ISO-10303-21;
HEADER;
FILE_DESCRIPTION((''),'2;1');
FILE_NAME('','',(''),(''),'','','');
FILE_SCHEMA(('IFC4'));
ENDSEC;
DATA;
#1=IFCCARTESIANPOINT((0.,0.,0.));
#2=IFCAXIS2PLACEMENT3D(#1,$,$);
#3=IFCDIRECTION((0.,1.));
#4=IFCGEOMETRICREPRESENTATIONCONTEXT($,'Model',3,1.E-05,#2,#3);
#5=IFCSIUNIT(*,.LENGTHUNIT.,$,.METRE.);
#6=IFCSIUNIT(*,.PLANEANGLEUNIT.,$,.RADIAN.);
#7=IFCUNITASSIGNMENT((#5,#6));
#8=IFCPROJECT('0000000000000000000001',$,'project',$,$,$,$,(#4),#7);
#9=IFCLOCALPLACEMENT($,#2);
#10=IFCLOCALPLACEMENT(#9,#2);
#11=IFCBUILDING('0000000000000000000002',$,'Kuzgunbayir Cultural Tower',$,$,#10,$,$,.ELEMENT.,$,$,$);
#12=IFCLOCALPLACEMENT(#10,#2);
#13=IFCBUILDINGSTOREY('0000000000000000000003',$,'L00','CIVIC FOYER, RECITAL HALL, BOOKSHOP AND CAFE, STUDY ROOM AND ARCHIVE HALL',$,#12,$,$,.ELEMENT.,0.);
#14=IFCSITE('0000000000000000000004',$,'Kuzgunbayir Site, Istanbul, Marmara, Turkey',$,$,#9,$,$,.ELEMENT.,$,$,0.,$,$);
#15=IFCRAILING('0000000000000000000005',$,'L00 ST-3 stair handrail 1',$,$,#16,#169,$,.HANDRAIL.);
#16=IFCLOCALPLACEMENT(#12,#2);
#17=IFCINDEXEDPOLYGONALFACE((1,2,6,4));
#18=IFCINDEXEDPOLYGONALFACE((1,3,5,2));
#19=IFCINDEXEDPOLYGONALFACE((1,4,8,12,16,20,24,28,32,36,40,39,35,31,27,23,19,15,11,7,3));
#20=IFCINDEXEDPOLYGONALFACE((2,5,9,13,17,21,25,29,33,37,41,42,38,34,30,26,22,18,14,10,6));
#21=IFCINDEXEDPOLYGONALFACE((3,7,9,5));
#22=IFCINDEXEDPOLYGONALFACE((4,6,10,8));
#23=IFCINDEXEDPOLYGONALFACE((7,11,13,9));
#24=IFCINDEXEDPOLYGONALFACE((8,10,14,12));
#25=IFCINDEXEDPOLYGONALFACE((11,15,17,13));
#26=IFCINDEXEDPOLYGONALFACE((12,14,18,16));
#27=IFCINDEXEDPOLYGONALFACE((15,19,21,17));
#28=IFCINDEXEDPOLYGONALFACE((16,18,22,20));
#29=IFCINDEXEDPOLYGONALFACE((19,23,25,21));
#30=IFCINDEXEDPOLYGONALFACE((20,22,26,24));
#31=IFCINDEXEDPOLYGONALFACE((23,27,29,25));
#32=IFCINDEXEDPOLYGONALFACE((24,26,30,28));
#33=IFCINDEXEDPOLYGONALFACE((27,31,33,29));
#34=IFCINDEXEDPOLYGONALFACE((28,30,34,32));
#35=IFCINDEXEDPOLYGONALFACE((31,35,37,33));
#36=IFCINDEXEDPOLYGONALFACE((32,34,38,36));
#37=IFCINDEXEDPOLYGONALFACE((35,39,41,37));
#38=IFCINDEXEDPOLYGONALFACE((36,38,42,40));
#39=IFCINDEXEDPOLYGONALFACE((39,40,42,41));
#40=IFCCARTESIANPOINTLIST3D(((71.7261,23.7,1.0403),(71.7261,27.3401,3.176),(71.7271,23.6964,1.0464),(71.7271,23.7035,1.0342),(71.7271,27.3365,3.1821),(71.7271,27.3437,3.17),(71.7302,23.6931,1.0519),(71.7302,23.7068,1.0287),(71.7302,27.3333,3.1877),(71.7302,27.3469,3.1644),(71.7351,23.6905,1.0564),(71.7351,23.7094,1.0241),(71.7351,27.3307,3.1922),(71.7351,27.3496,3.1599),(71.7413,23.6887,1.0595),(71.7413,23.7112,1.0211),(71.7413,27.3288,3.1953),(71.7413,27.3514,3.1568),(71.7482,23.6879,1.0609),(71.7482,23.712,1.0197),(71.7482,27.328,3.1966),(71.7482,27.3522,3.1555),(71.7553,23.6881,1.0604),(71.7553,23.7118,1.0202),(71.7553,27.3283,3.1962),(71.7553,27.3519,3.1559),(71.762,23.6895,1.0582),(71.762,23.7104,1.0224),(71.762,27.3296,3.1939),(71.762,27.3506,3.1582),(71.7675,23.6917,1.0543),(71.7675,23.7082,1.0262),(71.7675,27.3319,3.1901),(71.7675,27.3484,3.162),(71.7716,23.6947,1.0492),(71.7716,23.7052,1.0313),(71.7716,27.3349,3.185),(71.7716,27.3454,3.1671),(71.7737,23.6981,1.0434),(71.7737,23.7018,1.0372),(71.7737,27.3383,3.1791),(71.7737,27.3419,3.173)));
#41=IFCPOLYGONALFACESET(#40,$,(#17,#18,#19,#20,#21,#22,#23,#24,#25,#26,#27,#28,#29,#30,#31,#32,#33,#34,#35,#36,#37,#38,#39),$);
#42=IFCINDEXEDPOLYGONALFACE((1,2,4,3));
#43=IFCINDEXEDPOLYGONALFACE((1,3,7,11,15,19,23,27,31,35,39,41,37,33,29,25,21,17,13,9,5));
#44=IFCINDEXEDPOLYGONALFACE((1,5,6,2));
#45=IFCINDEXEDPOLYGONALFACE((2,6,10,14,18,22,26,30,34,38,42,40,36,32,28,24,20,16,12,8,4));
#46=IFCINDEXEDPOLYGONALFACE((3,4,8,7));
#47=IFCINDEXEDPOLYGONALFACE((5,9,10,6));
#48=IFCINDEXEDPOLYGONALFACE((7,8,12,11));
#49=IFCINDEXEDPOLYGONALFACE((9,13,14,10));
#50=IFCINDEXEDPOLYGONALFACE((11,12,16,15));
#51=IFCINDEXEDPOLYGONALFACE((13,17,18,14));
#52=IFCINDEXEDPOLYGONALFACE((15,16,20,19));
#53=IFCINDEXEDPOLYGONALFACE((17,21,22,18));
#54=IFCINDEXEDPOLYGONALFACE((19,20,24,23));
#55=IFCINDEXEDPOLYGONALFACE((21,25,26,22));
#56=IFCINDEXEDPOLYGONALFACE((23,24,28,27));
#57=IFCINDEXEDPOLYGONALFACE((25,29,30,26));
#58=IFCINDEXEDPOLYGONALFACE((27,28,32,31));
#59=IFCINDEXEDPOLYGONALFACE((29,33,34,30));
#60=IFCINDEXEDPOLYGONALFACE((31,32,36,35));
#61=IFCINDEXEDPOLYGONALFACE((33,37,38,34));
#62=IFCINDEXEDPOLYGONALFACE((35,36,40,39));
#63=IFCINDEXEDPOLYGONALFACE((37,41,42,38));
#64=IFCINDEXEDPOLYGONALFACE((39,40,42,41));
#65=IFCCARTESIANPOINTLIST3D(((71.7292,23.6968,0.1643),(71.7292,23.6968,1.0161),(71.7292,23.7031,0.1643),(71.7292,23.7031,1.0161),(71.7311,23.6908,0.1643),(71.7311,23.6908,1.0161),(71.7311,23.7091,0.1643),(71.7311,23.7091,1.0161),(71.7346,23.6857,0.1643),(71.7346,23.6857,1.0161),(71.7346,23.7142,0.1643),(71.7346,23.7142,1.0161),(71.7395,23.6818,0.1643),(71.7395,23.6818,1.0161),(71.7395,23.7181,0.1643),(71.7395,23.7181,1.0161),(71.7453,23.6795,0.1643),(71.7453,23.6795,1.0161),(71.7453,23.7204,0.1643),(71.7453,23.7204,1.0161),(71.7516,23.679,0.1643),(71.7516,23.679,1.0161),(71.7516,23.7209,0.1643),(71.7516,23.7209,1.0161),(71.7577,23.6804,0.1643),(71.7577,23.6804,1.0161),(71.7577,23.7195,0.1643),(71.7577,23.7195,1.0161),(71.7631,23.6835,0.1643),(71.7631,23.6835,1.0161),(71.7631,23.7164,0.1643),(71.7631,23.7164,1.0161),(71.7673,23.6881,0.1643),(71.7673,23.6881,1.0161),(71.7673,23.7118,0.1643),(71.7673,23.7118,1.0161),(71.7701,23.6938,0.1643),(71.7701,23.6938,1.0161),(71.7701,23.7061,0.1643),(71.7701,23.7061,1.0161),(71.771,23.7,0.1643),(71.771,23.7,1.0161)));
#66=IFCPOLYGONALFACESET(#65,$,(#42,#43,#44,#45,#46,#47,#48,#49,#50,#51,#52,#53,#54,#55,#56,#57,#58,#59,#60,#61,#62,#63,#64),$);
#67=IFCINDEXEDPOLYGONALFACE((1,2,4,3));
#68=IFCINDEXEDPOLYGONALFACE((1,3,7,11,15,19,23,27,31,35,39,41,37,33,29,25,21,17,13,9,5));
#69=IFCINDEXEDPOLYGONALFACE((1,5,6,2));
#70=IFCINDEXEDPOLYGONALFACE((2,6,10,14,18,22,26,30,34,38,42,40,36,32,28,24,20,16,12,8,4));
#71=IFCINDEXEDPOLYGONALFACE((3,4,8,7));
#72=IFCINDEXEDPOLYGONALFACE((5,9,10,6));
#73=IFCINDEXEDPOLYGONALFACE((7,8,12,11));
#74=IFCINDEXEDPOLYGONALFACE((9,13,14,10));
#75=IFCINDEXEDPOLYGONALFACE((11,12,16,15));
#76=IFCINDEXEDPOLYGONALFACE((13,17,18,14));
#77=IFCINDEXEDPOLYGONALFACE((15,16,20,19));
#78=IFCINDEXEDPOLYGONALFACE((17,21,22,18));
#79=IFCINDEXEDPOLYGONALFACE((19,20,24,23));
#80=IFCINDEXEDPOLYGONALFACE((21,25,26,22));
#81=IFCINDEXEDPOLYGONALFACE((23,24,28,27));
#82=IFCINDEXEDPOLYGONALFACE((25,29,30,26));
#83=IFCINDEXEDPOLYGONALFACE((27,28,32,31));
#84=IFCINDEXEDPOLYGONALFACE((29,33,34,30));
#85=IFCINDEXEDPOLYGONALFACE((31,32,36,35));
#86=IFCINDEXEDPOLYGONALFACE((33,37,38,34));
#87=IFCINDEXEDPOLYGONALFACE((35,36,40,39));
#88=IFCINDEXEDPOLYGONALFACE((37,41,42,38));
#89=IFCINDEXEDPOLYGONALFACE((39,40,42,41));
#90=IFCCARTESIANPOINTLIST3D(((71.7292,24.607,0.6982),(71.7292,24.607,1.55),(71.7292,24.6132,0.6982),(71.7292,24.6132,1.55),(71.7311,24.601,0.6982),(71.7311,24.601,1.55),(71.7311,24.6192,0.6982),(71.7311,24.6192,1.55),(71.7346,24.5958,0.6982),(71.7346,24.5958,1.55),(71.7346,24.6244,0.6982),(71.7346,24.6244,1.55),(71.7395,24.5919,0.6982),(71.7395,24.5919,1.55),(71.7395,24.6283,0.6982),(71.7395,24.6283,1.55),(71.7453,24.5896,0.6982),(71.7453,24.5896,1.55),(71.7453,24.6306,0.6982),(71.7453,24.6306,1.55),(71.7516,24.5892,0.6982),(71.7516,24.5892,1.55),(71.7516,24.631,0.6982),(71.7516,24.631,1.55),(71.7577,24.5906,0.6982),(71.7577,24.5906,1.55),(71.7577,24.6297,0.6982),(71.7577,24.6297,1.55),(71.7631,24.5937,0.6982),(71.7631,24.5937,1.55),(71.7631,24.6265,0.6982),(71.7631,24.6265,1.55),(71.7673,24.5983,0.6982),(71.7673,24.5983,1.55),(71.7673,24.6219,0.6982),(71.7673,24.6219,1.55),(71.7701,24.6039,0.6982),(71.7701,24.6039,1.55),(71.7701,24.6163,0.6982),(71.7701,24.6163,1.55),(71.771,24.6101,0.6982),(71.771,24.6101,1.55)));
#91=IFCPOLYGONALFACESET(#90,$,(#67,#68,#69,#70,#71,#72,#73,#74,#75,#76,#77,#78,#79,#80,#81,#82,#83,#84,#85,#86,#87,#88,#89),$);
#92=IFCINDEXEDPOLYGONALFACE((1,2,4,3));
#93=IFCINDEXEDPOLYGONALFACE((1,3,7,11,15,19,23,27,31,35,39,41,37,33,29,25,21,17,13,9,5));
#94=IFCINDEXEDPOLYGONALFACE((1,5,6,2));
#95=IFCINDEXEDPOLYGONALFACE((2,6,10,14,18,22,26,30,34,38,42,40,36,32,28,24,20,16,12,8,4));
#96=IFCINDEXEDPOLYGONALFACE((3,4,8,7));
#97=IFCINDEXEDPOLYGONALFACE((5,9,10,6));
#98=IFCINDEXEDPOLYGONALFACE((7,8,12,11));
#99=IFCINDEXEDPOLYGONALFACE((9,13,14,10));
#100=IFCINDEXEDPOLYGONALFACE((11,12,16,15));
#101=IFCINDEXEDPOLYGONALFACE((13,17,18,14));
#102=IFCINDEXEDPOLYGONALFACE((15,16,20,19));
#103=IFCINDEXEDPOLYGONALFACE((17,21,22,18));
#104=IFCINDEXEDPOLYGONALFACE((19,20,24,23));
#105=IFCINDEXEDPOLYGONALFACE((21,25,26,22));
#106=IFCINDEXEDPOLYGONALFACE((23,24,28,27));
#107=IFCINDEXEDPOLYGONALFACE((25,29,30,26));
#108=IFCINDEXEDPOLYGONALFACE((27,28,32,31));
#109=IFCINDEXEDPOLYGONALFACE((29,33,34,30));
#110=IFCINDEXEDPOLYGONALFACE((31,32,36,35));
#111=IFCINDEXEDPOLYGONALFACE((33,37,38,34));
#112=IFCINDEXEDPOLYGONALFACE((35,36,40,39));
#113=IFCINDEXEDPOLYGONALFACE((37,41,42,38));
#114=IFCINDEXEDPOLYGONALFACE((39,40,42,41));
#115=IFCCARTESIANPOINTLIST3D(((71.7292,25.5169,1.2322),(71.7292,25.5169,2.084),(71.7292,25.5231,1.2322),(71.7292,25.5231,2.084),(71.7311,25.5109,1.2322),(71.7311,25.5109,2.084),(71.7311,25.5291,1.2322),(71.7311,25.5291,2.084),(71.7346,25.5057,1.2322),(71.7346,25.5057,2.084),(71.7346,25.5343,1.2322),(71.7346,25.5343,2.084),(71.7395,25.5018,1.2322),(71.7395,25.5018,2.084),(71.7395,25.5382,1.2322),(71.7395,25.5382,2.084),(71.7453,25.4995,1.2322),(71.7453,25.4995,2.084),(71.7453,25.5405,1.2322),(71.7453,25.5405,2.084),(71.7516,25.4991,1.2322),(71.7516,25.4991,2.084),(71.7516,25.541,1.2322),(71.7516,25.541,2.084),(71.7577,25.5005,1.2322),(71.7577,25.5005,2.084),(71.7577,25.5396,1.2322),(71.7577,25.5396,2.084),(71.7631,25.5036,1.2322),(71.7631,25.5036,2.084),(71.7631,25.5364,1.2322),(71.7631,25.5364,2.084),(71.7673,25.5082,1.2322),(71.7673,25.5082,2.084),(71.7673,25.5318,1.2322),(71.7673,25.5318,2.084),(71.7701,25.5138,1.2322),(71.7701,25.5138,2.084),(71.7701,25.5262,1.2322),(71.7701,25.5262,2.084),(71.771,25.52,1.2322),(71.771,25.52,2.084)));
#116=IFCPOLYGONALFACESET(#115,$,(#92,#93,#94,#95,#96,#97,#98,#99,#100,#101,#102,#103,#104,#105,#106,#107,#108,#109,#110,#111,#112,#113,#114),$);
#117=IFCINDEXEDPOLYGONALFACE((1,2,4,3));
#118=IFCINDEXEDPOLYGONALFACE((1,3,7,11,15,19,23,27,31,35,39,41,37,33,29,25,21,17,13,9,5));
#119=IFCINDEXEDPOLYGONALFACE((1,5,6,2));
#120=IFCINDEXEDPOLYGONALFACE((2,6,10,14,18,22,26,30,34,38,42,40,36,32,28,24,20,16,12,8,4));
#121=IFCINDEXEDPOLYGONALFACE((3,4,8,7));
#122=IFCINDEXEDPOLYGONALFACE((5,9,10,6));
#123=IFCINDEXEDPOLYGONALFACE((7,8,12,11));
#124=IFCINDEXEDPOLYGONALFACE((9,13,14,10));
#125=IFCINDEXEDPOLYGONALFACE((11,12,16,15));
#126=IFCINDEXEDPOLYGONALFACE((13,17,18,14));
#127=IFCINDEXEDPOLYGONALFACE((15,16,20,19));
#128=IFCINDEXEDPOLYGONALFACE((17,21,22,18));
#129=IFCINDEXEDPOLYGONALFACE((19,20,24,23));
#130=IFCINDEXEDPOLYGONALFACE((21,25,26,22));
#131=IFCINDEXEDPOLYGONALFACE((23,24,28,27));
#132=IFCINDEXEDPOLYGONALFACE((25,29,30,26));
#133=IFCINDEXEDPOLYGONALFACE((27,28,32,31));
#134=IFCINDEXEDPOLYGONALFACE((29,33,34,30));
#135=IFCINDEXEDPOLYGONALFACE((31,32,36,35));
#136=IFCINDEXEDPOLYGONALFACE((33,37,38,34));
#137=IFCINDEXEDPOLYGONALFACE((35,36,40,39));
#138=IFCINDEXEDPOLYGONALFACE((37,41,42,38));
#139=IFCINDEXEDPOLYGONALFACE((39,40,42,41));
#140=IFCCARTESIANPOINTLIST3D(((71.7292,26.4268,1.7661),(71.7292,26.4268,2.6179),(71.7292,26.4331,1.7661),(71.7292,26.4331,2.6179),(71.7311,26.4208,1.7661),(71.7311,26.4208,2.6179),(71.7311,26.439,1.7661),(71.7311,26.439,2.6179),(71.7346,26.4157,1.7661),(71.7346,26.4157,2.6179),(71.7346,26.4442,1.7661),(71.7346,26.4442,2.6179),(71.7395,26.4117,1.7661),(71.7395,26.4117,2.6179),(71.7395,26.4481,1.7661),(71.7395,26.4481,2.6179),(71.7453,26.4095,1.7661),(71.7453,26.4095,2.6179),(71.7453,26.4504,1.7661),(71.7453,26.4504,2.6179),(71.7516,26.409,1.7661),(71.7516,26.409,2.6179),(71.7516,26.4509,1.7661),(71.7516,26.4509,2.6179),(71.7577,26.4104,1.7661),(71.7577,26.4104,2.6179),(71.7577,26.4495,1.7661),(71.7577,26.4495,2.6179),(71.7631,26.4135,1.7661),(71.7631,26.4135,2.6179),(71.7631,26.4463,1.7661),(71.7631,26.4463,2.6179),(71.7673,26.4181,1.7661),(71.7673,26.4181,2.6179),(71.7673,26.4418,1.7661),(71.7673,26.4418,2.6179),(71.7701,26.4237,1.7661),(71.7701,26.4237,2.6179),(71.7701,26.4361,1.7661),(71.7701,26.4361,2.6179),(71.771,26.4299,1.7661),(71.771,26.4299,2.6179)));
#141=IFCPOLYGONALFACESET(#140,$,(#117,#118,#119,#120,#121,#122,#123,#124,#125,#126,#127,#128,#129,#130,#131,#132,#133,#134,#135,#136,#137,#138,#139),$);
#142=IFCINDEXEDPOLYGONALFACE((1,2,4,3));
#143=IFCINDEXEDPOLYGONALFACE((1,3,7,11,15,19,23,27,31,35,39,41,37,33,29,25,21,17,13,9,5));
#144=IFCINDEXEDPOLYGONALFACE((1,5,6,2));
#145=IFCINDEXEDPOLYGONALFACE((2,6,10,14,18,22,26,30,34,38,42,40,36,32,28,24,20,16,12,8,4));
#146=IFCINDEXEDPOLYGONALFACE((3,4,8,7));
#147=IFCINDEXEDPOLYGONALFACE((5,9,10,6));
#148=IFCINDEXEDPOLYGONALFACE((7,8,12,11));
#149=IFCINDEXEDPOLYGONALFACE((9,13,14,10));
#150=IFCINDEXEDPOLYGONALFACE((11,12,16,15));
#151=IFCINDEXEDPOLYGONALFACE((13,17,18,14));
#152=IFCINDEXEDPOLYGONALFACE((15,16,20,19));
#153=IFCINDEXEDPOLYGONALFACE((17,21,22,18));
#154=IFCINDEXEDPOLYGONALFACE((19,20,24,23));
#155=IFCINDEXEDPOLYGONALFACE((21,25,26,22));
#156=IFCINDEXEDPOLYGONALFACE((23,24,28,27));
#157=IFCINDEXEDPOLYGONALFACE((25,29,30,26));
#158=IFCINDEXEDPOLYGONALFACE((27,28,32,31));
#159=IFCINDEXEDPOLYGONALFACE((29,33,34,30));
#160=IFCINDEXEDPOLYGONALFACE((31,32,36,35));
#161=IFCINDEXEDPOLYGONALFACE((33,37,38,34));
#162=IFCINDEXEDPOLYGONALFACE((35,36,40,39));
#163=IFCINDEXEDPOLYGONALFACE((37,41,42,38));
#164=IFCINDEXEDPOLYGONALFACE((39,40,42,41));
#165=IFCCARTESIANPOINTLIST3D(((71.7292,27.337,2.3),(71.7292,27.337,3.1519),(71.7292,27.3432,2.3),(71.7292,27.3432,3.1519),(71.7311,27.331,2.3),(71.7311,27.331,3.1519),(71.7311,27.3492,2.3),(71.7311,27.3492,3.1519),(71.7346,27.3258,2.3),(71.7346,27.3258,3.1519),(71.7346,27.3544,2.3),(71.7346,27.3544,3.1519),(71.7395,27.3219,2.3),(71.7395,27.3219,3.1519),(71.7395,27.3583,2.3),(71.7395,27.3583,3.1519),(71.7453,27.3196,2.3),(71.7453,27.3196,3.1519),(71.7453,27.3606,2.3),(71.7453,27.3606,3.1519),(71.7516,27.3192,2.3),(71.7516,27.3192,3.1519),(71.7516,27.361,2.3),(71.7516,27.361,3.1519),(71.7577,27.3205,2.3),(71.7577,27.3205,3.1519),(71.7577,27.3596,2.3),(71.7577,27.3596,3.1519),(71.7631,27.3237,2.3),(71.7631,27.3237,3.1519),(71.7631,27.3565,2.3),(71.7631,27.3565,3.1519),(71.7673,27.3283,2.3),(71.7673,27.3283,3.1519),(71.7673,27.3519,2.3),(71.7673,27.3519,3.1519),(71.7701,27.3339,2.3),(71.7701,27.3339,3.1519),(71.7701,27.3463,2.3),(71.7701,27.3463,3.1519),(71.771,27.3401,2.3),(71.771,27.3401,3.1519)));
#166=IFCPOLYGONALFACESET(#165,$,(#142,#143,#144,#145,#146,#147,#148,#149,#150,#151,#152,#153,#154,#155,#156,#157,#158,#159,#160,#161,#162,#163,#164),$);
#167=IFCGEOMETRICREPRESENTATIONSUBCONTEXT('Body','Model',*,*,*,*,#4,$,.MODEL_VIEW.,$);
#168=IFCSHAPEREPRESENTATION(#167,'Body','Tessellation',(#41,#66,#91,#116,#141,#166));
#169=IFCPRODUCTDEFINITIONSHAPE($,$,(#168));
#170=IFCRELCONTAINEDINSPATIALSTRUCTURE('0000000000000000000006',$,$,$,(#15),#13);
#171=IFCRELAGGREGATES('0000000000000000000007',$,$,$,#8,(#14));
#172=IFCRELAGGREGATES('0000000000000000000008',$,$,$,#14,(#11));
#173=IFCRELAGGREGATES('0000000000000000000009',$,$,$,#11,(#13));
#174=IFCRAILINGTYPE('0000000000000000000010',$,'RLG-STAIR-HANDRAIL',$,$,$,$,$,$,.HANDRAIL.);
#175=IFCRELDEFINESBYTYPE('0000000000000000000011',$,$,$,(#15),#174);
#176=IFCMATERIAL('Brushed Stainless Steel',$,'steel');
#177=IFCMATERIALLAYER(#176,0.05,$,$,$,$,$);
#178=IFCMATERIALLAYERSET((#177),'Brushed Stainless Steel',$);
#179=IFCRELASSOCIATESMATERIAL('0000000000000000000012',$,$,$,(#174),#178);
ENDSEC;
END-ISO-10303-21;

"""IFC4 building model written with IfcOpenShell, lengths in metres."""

from ifc_helpers import new_model, si_unit, direction, frame, origin, origin_2d, place, context, subcontext, project, spatial, circle, extrude, material, layer, layer_set, type_object, element, save


model = new_model("IFC4")

# Units and contexts
model_context = context("Model", 3, precision=1e-05, world=origin(), true_north=direction((0.0, 1.0)))
body_context = subcontext(model_context, "Body", "Model", "MODEL_VIEW")
ifc_project = project(units=[si_unit("LENGTHUNIT", "METRE"), si_unit("PLANEANGLEUNIT", "RADIAN")], contexts=[model_context])

# Site, building, storey
site_placement = place(None, origin())
site = spatial("IfcSite", under=ifc_project, at=site_placement, Name="Kuzgunbayir Site, Istanbul, Marmara, Turkey", CompositionType="ELEMENT", RefElevation=0.0)
building_placement = place(site_placement, origin())
building = spatial("IfcBuilding", under=site, at=building_placement, Name="Kuzgunbayir Cultural Tower", CompositionType="ELEMENT")
storey_placement = place(building_placement, origin())
storey = spatial("IfcBuildingStorey", under=building, at=storey_placement, Name="L00", Description="CIVIC FOYER, RECITAL HALL, BOOKSHOP AND CAFE, STUDY ROOM AND ARCHIVE HALL", CompositionType="ELEMENT", Elevation=0.0)

# Railing
ifc_material_1 = material(Name="Brushed Stainless Steel", Category="steel")
ifc_layer_1 = layer(ifc_material_1, 0.05)
ifc_layer_set_1 = layer_set([ifc_layer_1], Name="Brushed Stainless Steel")
railing_type_1 = type_object("IfcRailingType", Name="RLG-STAIR-HANDRAIL", PredefinedType="HANDRAIL", material=ifc_layer_set_1)
railing_1_placement = place(storey_placement, frame((71.75, 23.7, 0.1643)))
element("IfcRailing", 1, at=railing_1_placement, inside=storey, type_object=railing_type_1, Name="L00 ST-3 stair handrail 1", PredefinedType="HANDRAIL", context=body_context, shape_type="SweptSolid", body=[
    extrude(circle(Radius=0.0239, at=origin_2d()), frame((0.0, 0.0, 0.876), z_axis=(0.0, 0.862505, 0.506049), x_axis=(-1.0, 0.0, 0.0)), (0.0, 0.0, 1.0), 4.2205),
    extrude(circle(Radius=0.021, at=origin_2d()), origin(), (0.0, 0.0, 1.0), 0.8518),
    extrude(circle(Radius=0.021, at=origin_2d()), frame((0.0, 0.9102, 0.5339)), (0.0, 0.0, 1.0), 0.8518),
    extrude(circle(Radius=0.021, at=origin_2d()), frame((0.0, 1.8201, 1.0679)), (0.0, 0.0, 1.0), 0.8518),
    extrude(circle(Radius=0.021, at=origin_2d()), frame((0.0, 2.73, 1.6018)), (0.0, 0.0, 1.0), 0.8518),
    extrude(circle(Radius=0.021, at=origin_2d()), frame((0.0, 3.6401, 2.1357)), (0.0, 0.0, 1.0), 0.8518),
])

save(model, "model.ifc")
